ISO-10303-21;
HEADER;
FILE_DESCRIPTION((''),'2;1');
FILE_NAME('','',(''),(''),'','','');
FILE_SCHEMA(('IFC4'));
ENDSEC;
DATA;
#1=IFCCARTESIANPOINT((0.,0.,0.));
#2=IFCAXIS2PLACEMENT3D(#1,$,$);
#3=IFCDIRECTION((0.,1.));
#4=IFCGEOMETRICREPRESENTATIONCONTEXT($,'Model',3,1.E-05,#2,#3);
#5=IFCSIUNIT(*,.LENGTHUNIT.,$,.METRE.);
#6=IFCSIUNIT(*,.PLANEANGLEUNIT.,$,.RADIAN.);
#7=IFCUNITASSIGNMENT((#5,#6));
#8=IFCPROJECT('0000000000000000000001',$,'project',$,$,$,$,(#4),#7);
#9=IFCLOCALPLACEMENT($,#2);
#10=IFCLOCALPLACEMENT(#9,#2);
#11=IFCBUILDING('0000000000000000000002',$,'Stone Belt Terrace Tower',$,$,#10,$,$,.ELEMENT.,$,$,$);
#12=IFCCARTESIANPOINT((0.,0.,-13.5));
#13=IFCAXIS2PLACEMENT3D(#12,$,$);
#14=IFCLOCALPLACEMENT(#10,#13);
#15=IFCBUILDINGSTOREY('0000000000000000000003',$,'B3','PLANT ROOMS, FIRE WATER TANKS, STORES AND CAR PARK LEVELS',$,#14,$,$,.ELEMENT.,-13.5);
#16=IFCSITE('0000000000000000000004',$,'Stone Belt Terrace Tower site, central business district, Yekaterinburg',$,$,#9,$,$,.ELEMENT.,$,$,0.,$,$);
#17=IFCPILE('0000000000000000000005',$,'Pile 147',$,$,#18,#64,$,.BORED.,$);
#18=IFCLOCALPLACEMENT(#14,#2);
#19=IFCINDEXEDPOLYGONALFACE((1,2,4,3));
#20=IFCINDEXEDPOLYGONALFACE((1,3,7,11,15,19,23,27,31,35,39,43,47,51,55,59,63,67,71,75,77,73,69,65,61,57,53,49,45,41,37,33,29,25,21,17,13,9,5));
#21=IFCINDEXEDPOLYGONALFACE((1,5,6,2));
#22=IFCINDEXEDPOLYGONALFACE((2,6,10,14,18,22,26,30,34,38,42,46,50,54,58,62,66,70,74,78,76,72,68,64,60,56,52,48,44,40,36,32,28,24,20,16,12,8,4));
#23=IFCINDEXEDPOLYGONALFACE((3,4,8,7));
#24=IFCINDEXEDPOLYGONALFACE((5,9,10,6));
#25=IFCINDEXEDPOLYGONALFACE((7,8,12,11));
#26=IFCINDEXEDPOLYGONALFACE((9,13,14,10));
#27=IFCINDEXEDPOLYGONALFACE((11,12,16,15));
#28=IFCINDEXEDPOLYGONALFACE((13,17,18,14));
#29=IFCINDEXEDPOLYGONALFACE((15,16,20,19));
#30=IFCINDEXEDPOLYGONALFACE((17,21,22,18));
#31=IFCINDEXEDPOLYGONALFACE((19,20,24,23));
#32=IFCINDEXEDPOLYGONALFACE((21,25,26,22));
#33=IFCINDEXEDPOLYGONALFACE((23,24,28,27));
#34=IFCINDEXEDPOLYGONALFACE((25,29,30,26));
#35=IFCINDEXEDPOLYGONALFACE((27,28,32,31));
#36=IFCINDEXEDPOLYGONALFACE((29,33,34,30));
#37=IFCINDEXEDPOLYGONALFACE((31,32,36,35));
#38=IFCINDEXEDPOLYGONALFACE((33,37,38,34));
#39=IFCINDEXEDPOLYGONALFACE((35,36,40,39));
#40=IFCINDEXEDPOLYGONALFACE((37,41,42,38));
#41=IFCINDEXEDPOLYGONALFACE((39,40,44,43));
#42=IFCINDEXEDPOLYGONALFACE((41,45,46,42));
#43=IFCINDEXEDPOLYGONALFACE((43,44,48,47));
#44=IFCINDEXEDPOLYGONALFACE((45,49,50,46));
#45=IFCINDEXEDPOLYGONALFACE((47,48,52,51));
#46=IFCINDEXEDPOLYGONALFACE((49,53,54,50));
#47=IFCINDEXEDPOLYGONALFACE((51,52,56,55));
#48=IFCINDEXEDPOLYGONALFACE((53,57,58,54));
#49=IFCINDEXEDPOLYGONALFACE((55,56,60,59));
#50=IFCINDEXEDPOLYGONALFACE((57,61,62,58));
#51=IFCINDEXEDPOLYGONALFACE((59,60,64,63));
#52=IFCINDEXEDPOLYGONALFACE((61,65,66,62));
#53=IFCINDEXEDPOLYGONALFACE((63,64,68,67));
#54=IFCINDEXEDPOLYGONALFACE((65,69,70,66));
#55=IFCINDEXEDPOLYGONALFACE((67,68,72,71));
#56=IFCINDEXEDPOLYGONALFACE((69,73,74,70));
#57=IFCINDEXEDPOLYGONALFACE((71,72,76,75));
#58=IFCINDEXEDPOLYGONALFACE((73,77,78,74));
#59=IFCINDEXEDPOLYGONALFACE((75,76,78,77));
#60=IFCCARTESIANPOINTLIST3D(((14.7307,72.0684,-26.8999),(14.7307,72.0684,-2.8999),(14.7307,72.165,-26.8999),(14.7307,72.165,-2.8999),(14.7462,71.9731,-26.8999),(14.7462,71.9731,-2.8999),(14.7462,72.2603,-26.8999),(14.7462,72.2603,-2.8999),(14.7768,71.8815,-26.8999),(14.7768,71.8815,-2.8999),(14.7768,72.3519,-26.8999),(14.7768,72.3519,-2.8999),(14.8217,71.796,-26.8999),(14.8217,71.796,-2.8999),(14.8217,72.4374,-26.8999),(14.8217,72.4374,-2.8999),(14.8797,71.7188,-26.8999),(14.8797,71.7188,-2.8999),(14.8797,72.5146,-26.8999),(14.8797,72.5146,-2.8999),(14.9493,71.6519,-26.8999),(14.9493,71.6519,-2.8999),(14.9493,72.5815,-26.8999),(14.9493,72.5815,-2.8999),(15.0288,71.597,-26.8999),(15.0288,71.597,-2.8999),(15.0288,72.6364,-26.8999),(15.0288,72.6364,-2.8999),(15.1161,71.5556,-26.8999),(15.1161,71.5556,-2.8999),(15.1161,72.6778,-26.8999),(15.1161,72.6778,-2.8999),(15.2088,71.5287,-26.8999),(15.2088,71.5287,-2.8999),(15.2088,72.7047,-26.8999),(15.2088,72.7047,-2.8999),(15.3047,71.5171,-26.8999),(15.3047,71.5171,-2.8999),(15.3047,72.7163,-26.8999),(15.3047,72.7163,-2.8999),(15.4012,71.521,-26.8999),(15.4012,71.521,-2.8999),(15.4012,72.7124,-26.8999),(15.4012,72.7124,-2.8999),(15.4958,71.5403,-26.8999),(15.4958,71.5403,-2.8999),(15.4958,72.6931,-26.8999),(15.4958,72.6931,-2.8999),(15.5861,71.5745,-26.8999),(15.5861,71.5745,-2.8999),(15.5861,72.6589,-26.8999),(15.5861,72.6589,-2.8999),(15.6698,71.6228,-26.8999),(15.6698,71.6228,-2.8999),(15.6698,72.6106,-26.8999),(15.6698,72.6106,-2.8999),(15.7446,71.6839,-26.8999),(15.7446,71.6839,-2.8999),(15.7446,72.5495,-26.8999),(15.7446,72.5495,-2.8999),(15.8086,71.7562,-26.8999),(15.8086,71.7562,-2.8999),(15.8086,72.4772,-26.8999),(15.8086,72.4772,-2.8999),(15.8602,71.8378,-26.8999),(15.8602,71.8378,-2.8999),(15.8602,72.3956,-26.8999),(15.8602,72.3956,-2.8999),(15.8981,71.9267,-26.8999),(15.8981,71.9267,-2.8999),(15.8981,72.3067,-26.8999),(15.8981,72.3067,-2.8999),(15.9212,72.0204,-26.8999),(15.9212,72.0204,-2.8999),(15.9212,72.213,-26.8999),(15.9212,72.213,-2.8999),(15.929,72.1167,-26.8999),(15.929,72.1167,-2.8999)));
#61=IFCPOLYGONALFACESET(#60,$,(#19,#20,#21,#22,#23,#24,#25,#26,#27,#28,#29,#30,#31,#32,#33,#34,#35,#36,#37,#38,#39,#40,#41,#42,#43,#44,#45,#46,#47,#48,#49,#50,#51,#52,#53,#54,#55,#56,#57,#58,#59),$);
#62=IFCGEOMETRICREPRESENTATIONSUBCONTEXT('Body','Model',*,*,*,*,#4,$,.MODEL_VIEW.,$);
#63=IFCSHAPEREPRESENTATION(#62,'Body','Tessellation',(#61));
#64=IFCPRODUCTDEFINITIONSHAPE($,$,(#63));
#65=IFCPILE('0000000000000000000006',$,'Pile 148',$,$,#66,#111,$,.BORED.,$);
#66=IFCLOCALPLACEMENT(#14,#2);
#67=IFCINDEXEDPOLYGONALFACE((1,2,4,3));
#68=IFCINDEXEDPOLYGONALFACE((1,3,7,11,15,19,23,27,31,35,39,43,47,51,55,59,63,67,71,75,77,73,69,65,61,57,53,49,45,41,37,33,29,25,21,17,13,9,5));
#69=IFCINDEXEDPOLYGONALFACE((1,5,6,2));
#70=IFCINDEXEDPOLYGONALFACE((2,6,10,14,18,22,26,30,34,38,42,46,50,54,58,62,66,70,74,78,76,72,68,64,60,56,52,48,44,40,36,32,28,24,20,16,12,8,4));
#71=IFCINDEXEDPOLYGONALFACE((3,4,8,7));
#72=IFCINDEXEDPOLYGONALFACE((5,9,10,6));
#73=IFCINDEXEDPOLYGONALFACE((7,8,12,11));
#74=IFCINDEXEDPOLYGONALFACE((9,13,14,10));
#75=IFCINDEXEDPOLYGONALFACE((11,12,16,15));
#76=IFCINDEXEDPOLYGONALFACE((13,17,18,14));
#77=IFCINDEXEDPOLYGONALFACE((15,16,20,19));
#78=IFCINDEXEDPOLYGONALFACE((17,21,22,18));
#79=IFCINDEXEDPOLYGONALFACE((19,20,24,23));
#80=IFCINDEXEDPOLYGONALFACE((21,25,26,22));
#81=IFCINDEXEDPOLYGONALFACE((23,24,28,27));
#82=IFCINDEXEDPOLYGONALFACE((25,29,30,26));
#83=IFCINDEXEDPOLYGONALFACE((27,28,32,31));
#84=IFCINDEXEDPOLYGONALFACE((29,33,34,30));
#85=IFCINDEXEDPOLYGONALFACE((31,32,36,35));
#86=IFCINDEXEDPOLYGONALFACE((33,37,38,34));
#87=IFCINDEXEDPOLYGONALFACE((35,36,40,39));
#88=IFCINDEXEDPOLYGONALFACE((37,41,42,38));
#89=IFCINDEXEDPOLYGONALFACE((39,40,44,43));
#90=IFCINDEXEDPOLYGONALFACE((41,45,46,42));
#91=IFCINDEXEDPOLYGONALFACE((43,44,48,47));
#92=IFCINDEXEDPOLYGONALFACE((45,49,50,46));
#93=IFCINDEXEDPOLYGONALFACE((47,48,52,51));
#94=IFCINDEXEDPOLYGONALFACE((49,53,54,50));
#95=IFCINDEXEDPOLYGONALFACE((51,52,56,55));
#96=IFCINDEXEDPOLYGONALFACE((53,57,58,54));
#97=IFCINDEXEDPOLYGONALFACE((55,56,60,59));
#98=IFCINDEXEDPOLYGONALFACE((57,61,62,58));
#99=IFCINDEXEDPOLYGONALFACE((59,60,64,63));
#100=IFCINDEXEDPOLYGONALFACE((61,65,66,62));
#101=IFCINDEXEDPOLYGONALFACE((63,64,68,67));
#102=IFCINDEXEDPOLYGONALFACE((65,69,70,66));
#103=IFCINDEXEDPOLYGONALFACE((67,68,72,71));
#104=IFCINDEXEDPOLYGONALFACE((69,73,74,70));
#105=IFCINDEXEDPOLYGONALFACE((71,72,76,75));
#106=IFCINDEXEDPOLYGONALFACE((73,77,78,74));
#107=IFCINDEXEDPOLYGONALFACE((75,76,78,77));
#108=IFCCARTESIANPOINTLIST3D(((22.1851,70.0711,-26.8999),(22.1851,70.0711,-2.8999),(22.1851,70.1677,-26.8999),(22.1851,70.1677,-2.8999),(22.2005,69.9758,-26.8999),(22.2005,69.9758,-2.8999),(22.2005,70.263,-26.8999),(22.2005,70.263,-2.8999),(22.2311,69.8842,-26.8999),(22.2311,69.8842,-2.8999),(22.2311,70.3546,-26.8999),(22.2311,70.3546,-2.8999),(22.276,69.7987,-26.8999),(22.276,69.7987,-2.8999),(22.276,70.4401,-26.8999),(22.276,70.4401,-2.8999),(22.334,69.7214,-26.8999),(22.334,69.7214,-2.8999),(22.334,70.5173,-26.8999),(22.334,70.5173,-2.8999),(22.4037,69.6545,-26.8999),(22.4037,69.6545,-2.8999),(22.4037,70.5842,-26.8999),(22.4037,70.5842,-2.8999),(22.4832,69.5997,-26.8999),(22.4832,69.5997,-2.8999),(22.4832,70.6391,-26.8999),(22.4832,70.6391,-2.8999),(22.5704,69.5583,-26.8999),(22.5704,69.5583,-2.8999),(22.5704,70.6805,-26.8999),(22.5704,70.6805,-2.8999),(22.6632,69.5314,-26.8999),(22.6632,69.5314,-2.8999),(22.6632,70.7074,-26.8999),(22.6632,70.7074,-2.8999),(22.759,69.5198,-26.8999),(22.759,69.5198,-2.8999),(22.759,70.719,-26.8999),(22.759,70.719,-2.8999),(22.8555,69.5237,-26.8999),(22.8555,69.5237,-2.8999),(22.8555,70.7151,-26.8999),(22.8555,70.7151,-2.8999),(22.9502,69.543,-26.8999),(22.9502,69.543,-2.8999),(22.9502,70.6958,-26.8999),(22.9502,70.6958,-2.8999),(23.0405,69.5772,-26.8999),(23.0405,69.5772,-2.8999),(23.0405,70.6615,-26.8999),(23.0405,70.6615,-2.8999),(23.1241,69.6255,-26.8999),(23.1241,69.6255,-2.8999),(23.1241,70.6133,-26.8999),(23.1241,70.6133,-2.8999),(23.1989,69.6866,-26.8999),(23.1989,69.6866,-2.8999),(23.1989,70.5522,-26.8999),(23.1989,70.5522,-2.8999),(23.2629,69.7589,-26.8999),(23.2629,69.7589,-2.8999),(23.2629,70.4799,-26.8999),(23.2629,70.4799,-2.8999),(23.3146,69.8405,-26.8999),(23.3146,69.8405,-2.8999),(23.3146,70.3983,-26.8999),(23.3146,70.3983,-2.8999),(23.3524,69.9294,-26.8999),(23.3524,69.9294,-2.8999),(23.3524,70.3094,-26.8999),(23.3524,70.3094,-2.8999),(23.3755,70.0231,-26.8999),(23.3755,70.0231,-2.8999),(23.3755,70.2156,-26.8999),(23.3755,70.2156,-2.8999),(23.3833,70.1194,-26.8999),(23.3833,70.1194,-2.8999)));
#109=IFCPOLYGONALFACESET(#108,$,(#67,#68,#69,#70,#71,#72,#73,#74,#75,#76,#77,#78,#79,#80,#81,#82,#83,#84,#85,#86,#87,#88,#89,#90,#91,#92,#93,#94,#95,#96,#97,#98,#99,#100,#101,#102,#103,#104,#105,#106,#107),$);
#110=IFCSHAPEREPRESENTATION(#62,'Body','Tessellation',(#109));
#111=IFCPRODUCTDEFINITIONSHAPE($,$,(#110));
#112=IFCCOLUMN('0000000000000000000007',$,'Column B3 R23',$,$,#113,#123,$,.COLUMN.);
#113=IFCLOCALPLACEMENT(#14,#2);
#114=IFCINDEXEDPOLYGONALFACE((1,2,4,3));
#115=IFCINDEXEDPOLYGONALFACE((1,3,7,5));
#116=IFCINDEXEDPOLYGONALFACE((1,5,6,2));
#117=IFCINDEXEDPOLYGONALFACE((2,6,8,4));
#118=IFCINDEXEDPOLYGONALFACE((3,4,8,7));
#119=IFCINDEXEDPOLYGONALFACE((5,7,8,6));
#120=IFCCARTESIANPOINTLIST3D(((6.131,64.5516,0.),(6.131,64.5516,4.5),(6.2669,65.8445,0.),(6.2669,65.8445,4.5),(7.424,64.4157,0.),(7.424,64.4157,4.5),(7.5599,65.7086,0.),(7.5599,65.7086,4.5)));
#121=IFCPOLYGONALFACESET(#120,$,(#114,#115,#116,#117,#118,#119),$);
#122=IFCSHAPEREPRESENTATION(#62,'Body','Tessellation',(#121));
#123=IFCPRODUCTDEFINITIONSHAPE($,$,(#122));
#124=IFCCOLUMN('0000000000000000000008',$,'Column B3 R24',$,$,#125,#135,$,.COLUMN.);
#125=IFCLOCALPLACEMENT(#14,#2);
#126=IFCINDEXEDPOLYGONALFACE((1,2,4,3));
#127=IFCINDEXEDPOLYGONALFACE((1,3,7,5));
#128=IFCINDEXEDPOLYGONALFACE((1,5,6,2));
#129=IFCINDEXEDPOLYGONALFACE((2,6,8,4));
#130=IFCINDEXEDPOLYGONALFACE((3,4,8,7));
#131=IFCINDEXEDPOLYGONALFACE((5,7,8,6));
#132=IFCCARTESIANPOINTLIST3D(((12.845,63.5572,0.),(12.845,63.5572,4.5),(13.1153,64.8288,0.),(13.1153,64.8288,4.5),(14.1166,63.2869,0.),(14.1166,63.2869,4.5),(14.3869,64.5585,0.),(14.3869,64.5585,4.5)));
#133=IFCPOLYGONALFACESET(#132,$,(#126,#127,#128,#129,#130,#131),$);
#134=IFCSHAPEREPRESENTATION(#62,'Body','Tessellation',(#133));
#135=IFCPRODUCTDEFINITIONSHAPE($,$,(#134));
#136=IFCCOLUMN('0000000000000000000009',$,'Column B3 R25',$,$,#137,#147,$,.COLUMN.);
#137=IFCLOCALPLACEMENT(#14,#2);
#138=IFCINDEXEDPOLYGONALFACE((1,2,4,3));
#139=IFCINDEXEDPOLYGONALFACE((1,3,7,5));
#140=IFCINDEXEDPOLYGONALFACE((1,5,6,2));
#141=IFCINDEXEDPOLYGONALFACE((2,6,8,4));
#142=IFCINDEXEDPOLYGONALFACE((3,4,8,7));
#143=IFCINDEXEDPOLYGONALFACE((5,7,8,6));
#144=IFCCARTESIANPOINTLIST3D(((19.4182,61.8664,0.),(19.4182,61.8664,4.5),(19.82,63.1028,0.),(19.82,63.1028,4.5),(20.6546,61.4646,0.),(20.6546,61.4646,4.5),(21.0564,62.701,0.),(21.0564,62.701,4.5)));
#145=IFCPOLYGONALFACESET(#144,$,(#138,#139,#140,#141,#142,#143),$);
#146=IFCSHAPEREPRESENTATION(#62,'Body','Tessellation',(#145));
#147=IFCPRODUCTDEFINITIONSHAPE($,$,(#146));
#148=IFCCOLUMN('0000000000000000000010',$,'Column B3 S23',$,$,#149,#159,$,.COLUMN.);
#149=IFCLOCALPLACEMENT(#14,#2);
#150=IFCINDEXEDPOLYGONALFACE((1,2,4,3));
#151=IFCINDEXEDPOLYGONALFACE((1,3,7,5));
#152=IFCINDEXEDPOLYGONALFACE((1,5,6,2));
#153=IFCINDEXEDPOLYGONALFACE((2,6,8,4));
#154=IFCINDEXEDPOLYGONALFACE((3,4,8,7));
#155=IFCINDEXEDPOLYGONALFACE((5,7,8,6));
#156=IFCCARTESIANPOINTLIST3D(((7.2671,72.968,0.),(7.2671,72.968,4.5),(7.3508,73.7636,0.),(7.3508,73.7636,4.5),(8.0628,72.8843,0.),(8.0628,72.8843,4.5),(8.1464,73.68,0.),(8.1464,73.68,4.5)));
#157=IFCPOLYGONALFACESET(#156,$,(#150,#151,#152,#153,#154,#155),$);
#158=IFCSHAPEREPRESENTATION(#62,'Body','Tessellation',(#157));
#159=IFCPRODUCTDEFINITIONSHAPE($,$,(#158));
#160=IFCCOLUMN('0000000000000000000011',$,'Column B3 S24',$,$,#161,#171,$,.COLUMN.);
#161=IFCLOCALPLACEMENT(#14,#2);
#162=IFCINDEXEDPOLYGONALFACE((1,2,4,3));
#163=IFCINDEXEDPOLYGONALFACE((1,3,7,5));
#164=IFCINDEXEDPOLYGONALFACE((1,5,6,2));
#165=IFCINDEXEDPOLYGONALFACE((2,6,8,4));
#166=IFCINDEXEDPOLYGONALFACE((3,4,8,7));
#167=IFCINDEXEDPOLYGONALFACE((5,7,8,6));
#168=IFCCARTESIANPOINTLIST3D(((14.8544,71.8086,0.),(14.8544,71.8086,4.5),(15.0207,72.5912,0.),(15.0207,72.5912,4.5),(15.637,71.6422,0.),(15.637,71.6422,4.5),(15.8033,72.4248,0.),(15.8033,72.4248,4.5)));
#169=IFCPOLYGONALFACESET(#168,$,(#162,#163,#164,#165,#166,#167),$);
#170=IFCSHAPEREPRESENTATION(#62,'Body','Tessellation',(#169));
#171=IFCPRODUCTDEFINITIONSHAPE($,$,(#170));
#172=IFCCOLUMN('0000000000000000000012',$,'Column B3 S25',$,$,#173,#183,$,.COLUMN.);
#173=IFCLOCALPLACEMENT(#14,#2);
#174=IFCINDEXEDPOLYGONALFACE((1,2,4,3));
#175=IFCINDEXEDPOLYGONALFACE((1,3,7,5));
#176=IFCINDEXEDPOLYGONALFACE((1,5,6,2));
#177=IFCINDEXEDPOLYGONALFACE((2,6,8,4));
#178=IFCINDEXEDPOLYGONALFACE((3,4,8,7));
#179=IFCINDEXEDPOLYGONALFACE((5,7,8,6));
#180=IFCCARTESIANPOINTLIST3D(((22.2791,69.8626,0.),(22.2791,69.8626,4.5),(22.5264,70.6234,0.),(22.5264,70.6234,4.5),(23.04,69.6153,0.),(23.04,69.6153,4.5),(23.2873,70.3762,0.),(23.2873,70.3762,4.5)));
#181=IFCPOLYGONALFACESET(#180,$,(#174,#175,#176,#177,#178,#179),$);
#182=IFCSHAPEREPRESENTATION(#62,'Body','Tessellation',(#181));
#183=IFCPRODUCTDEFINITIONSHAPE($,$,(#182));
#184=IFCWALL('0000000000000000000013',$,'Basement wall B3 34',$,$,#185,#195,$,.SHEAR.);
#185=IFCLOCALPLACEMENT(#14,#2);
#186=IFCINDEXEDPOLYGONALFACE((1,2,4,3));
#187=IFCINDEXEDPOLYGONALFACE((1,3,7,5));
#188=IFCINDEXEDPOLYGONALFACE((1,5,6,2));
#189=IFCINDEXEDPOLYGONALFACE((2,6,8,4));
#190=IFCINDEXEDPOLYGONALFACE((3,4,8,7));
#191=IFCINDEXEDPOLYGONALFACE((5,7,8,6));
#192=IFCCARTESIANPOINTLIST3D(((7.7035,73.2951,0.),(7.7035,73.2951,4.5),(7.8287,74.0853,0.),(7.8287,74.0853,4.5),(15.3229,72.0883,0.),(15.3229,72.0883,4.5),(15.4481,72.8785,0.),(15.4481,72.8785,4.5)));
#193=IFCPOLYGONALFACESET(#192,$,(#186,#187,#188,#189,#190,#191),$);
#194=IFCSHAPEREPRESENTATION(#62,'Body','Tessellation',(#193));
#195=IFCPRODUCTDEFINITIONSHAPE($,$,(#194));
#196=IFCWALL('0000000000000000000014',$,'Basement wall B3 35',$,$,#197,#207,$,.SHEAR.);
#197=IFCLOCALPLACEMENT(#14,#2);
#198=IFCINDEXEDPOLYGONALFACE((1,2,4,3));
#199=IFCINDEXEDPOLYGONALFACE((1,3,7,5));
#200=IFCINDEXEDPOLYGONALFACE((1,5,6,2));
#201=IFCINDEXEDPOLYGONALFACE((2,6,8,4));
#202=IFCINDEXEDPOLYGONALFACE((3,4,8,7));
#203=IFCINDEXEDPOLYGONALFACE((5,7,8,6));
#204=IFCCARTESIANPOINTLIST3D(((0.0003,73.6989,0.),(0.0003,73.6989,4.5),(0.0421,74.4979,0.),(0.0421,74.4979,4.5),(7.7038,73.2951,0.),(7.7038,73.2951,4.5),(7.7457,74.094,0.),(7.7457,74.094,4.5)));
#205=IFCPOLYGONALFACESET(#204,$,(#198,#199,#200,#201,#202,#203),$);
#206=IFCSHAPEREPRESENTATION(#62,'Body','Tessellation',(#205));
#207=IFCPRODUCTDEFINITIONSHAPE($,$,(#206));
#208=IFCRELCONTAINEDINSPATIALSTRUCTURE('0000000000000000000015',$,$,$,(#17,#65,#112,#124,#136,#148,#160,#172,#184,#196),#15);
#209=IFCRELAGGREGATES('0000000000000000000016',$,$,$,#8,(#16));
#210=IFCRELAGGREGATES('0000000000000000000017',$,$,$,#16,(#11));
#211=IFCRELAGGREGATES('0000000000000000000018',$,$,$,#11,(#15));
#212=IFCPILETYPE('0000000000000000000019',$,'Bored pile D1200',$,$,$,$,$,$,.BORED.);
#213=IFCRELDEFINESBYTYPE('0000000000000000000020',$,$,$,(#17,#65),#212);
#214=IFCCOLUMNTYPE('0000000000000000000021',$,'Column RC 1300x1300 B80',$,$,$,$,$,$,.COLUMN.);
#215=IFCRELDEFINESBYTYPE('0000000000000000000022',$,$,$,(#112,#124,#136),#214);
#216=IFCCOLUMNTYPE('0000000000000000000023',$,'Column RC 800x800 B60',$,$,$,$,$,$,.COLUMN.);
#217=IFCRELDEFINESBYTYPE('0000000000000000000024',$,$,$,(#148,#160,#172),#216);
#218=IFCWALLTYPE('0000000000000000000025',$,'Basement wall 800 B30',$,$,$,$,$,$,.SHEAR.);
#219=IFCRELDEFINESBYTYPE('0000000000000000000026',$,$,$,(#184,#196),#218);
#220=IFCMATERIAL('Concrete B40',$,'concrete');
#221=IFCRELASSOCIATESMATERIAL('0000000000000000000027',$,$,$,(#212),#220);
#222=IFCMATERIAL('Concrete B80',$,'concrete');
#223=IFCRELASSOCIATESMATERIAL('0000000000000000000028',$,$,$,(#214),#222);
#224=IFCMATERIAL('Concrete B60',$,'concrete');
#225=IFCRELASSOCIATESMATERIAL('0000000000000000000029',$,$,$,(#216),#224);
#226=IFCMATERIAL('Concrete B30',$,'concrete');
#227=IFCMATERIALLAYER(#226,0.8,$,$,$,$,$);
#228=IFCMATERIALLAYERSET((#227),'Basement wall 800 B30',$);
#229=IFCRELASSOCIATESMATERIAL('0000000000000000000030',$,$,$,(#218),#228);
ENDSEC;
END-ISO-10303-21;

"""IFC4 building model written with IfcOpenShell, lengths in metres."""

from ifc_helpers import new_model, si_unit, direction, frame, frame_2d, origin, origin_2d, place, context, subcontext, project, spatial, rectangle, circle, extrude, material, layer, layer_set, material_profile, profile_set, type_object, element, save


model = new_model("IFC4")

# Units and contexts
model_context = context("Model", 3, precision=1e-05, world=origin(), true_north=direction((0.0, 1.0)))
body_context = subcontext(model_context, "Body", "Model", "MODEL_VIEW")
ifc_project = project(units=[si_unit("LENGTHUNIT", "METRE"), si_unit("PLANEANGLEUNIT", "RADIAN")], contexts=[model_context])

# Site, building, storey
site_placement = place(None, origin())
site = spatial("IfcSite", under=ifc_project, at=site_placement, Name="Stone Belt Terrace Tower site, central business district, Yekaterinburg", CompositionType="ELEMENT", RefElevation=0.0)
building_placement = place(site_placement, origin())
building = spatial("IfcBuilding", under=site, at=building_placement, Name="Stone Belt Terrace Tower", CompositionType="ELEMENT")
storey_placement = place(building_placement, frame((0.0, 0.0, -13.5)))
storey = spatial("IfcBuildingStorey", under=building, at=storey_placement, Name="B3", Description="PLANT ROOMS, FIRE WATER TANKS, STORES AND CAR PARK LEVELS", CompositionType="ELEMENT", Elevation=-13.5)

# Piles
ifc_material_1 = material(Name="Concrete B40", Category="concrete")
ifc_material_profile_1 = material_profile(ifc_material_1, circle(Radius=0.6001, at=origin_2d()), Name="PILE D1200")
ifc_profile_set_1 = profile_set([ifc_material_profile_1], Name="Concrete B40")
pile_type = type_object("IfcPileType", Name="Bored pile D1200", PredefinedType="BORED", material=ifc_profile_set_1)
for number, where, z_axis, x_axis, name in (
    (1, (15.3289, 72.1167, -2.8999), (0.0, 0.0, -1.0), (1.0, 0.0, 0.0), "Pile 147"),
    (2, (22.7832, 70.1194, -2.8999), (0.0, 0.0, -1.0), (1.0, 0.0, 0.0), "Pile 148"),
):
    element("IfcPile", number, at=place(storey_placement, frame(where, z_axis=z_axis, x_axis=x_axis)), inside=storey, type_object=pile_type, Name=name, PredefinedType="BORED", context=body_context, shape_type="SweptSolid", body=[
        extrude(circle(Radius=0.6001, at=origin_2d()), origin(), (0.0, 0.0, 1.0), 24.0),
    ])

# Columns
ifc_material_2 = material(Name="Concrete B80", Category="concrete")
ifc_material_profile_2 = material_profile(ifc_material_2, rectangle(XDim=1.3, YDim=1.3, at=origin_2d()), Name="RC 1300x1300")
ifc_profile_set_2 = profile_set([ifc_material_profile_2], Name="Concrete B80")
column_type_1 = type_object("IfcColumnType", Name="Column RC 1300x1300 B80", PredefinedType="COLUMN", material=ifc_profile_set_2)
for number, where, z_axis, x_axis, name in (
    (3, (6.8455, 65.1301, 0.0), (0.0, 0.0, 1.0), (0.994522, -0.104528, 0.0), "Column B3 R23"),
    (4, (13.616, 64.0579, 0.0), (0.0, 0.0, 1.0), (0.978148, -0.207912, 0.0), "Column B3 R24"),
    (5, (20.2373, 62.2837, 0.0), (0.0, 0.0, 1.0), (0.951057, -0.309017, 0.0), "Column B3 R25"),
):
    element("IfcColumn", number, at=place(storey_placement, frame(where, z_axis=z_axis, x_axis=x_axis)), inside=storey, type_object=column_type_1, Name=name, PredefinedType="COLUMN", context=body_context, shape_type="SweptSolid", body=[
        extrude(rectangle(XDim=1.3, YDim=1.3, at=origin_2d()), origin(), (0.0, 0.0, 1.0), 4.5),
    ])
ifc_material_3 = material(Name="Concrete B60", Category="concrete")
ifc_material_profile_3 = material_profile(ifc_material_3, rectangle(XDim=0.8, YDim=0.8, at=origin_2d()), Name="RC 800x800")
ifc_profile_set_3 = profile_set([ifc_material_profile_3], Name="Concrete B60")
column_type_2 = type_object("IfcColumnType", Name="Column RC 800x800 B60", PredefinedType="COLUMN", material=ifc_profile_set_3)
for number, where, z_axis, x_axis, name in (
    (6, (7.7068, 73.324, 0.0), (0.0, 0.0, 1.0), (0.994522, -0.104528, 0.0), "Column B3 S23"),
    (7, (15.3289, 72.1167, 0.0), (0.0, 0.0, 1.0), (0.978148, -0.207912, 0.0), "Column B3 S24"),
    (8, (22.7832, 70.1194, 0.0), (0.0, 0.0, 1.0), (0.951057, -0.309017, 0.0), "Column B3 S25"),
):
    element("IfcColumn", number, at=place(storey_placement, frame(where, z_axis=z_axis, x_axis=x_axis)), inside=storey, type_object=column_type_2, Name=name, PredefinedType="COLUMN", context=body_context, shape_type="SweptSolid", body=[
        extrude(rectangle(XDim=0.8, YDim=0.8, at=origin_2d()), origin(), (0.0, 0.0, 1.0), 4.5),
    ])

# Walls
ifc_material_4 = material(Name="Concrete B30", Category="concrete")
ifc_layer_1 = layer(ifc_material_4, 0.8)
ifc_layer_set_1 = layer_set([ifc_layer_1], Name="Basement wall 800 B30")
wall_type_1 = type_object("IfcWallType", Name="Basement wall 800 B30", PredefinedType="SHEAR", material=ifc_layer_set_1)
wall_1_placement = place(storey_placement, frame((15.3855, 72.4834, 0.0), z_axis=(0.0, 0.0, 1.0), x_axis=(-0.987688, 0.156434, 0.0)))
element("IfcWall", 9, at=wall_1_placement, inside=storey, type_object=wall_type_1, Name="Basement wall B3 34", PredefinedType="SHEAR", context=body_context, shape_type="SweptSolid", body=[
    extrude(rectangle(XDim=7.7144, YDim=0.8, at=frame_2d((3.8572, 0.0))), origin(), (0.0, 0.0, 1.0), 4.5),
])
wall_2_placement = place(storey_placement, frame((7.7246, 73.6946, 0.0), z_axis=(0.0, 0.0, 1.0), x_axis=(-0.998629, 0.052346, 0.0)))
element("IfcWall", 10, at=wall_2_placement, inside=storey, type_object=wall_type_1, Name="Basement wall B3 35", PredefinedType="SHEAR", context=body_context, shape_type="SweptSolid", body=[
    extrude(rectangle(XDim=7.7141, YDim=0.8, at=frame_2d((3.8569, 0.0))), origin(), (0.0, 0.0, 1.0), 4.5),
])

save(model, "model.ifc")
